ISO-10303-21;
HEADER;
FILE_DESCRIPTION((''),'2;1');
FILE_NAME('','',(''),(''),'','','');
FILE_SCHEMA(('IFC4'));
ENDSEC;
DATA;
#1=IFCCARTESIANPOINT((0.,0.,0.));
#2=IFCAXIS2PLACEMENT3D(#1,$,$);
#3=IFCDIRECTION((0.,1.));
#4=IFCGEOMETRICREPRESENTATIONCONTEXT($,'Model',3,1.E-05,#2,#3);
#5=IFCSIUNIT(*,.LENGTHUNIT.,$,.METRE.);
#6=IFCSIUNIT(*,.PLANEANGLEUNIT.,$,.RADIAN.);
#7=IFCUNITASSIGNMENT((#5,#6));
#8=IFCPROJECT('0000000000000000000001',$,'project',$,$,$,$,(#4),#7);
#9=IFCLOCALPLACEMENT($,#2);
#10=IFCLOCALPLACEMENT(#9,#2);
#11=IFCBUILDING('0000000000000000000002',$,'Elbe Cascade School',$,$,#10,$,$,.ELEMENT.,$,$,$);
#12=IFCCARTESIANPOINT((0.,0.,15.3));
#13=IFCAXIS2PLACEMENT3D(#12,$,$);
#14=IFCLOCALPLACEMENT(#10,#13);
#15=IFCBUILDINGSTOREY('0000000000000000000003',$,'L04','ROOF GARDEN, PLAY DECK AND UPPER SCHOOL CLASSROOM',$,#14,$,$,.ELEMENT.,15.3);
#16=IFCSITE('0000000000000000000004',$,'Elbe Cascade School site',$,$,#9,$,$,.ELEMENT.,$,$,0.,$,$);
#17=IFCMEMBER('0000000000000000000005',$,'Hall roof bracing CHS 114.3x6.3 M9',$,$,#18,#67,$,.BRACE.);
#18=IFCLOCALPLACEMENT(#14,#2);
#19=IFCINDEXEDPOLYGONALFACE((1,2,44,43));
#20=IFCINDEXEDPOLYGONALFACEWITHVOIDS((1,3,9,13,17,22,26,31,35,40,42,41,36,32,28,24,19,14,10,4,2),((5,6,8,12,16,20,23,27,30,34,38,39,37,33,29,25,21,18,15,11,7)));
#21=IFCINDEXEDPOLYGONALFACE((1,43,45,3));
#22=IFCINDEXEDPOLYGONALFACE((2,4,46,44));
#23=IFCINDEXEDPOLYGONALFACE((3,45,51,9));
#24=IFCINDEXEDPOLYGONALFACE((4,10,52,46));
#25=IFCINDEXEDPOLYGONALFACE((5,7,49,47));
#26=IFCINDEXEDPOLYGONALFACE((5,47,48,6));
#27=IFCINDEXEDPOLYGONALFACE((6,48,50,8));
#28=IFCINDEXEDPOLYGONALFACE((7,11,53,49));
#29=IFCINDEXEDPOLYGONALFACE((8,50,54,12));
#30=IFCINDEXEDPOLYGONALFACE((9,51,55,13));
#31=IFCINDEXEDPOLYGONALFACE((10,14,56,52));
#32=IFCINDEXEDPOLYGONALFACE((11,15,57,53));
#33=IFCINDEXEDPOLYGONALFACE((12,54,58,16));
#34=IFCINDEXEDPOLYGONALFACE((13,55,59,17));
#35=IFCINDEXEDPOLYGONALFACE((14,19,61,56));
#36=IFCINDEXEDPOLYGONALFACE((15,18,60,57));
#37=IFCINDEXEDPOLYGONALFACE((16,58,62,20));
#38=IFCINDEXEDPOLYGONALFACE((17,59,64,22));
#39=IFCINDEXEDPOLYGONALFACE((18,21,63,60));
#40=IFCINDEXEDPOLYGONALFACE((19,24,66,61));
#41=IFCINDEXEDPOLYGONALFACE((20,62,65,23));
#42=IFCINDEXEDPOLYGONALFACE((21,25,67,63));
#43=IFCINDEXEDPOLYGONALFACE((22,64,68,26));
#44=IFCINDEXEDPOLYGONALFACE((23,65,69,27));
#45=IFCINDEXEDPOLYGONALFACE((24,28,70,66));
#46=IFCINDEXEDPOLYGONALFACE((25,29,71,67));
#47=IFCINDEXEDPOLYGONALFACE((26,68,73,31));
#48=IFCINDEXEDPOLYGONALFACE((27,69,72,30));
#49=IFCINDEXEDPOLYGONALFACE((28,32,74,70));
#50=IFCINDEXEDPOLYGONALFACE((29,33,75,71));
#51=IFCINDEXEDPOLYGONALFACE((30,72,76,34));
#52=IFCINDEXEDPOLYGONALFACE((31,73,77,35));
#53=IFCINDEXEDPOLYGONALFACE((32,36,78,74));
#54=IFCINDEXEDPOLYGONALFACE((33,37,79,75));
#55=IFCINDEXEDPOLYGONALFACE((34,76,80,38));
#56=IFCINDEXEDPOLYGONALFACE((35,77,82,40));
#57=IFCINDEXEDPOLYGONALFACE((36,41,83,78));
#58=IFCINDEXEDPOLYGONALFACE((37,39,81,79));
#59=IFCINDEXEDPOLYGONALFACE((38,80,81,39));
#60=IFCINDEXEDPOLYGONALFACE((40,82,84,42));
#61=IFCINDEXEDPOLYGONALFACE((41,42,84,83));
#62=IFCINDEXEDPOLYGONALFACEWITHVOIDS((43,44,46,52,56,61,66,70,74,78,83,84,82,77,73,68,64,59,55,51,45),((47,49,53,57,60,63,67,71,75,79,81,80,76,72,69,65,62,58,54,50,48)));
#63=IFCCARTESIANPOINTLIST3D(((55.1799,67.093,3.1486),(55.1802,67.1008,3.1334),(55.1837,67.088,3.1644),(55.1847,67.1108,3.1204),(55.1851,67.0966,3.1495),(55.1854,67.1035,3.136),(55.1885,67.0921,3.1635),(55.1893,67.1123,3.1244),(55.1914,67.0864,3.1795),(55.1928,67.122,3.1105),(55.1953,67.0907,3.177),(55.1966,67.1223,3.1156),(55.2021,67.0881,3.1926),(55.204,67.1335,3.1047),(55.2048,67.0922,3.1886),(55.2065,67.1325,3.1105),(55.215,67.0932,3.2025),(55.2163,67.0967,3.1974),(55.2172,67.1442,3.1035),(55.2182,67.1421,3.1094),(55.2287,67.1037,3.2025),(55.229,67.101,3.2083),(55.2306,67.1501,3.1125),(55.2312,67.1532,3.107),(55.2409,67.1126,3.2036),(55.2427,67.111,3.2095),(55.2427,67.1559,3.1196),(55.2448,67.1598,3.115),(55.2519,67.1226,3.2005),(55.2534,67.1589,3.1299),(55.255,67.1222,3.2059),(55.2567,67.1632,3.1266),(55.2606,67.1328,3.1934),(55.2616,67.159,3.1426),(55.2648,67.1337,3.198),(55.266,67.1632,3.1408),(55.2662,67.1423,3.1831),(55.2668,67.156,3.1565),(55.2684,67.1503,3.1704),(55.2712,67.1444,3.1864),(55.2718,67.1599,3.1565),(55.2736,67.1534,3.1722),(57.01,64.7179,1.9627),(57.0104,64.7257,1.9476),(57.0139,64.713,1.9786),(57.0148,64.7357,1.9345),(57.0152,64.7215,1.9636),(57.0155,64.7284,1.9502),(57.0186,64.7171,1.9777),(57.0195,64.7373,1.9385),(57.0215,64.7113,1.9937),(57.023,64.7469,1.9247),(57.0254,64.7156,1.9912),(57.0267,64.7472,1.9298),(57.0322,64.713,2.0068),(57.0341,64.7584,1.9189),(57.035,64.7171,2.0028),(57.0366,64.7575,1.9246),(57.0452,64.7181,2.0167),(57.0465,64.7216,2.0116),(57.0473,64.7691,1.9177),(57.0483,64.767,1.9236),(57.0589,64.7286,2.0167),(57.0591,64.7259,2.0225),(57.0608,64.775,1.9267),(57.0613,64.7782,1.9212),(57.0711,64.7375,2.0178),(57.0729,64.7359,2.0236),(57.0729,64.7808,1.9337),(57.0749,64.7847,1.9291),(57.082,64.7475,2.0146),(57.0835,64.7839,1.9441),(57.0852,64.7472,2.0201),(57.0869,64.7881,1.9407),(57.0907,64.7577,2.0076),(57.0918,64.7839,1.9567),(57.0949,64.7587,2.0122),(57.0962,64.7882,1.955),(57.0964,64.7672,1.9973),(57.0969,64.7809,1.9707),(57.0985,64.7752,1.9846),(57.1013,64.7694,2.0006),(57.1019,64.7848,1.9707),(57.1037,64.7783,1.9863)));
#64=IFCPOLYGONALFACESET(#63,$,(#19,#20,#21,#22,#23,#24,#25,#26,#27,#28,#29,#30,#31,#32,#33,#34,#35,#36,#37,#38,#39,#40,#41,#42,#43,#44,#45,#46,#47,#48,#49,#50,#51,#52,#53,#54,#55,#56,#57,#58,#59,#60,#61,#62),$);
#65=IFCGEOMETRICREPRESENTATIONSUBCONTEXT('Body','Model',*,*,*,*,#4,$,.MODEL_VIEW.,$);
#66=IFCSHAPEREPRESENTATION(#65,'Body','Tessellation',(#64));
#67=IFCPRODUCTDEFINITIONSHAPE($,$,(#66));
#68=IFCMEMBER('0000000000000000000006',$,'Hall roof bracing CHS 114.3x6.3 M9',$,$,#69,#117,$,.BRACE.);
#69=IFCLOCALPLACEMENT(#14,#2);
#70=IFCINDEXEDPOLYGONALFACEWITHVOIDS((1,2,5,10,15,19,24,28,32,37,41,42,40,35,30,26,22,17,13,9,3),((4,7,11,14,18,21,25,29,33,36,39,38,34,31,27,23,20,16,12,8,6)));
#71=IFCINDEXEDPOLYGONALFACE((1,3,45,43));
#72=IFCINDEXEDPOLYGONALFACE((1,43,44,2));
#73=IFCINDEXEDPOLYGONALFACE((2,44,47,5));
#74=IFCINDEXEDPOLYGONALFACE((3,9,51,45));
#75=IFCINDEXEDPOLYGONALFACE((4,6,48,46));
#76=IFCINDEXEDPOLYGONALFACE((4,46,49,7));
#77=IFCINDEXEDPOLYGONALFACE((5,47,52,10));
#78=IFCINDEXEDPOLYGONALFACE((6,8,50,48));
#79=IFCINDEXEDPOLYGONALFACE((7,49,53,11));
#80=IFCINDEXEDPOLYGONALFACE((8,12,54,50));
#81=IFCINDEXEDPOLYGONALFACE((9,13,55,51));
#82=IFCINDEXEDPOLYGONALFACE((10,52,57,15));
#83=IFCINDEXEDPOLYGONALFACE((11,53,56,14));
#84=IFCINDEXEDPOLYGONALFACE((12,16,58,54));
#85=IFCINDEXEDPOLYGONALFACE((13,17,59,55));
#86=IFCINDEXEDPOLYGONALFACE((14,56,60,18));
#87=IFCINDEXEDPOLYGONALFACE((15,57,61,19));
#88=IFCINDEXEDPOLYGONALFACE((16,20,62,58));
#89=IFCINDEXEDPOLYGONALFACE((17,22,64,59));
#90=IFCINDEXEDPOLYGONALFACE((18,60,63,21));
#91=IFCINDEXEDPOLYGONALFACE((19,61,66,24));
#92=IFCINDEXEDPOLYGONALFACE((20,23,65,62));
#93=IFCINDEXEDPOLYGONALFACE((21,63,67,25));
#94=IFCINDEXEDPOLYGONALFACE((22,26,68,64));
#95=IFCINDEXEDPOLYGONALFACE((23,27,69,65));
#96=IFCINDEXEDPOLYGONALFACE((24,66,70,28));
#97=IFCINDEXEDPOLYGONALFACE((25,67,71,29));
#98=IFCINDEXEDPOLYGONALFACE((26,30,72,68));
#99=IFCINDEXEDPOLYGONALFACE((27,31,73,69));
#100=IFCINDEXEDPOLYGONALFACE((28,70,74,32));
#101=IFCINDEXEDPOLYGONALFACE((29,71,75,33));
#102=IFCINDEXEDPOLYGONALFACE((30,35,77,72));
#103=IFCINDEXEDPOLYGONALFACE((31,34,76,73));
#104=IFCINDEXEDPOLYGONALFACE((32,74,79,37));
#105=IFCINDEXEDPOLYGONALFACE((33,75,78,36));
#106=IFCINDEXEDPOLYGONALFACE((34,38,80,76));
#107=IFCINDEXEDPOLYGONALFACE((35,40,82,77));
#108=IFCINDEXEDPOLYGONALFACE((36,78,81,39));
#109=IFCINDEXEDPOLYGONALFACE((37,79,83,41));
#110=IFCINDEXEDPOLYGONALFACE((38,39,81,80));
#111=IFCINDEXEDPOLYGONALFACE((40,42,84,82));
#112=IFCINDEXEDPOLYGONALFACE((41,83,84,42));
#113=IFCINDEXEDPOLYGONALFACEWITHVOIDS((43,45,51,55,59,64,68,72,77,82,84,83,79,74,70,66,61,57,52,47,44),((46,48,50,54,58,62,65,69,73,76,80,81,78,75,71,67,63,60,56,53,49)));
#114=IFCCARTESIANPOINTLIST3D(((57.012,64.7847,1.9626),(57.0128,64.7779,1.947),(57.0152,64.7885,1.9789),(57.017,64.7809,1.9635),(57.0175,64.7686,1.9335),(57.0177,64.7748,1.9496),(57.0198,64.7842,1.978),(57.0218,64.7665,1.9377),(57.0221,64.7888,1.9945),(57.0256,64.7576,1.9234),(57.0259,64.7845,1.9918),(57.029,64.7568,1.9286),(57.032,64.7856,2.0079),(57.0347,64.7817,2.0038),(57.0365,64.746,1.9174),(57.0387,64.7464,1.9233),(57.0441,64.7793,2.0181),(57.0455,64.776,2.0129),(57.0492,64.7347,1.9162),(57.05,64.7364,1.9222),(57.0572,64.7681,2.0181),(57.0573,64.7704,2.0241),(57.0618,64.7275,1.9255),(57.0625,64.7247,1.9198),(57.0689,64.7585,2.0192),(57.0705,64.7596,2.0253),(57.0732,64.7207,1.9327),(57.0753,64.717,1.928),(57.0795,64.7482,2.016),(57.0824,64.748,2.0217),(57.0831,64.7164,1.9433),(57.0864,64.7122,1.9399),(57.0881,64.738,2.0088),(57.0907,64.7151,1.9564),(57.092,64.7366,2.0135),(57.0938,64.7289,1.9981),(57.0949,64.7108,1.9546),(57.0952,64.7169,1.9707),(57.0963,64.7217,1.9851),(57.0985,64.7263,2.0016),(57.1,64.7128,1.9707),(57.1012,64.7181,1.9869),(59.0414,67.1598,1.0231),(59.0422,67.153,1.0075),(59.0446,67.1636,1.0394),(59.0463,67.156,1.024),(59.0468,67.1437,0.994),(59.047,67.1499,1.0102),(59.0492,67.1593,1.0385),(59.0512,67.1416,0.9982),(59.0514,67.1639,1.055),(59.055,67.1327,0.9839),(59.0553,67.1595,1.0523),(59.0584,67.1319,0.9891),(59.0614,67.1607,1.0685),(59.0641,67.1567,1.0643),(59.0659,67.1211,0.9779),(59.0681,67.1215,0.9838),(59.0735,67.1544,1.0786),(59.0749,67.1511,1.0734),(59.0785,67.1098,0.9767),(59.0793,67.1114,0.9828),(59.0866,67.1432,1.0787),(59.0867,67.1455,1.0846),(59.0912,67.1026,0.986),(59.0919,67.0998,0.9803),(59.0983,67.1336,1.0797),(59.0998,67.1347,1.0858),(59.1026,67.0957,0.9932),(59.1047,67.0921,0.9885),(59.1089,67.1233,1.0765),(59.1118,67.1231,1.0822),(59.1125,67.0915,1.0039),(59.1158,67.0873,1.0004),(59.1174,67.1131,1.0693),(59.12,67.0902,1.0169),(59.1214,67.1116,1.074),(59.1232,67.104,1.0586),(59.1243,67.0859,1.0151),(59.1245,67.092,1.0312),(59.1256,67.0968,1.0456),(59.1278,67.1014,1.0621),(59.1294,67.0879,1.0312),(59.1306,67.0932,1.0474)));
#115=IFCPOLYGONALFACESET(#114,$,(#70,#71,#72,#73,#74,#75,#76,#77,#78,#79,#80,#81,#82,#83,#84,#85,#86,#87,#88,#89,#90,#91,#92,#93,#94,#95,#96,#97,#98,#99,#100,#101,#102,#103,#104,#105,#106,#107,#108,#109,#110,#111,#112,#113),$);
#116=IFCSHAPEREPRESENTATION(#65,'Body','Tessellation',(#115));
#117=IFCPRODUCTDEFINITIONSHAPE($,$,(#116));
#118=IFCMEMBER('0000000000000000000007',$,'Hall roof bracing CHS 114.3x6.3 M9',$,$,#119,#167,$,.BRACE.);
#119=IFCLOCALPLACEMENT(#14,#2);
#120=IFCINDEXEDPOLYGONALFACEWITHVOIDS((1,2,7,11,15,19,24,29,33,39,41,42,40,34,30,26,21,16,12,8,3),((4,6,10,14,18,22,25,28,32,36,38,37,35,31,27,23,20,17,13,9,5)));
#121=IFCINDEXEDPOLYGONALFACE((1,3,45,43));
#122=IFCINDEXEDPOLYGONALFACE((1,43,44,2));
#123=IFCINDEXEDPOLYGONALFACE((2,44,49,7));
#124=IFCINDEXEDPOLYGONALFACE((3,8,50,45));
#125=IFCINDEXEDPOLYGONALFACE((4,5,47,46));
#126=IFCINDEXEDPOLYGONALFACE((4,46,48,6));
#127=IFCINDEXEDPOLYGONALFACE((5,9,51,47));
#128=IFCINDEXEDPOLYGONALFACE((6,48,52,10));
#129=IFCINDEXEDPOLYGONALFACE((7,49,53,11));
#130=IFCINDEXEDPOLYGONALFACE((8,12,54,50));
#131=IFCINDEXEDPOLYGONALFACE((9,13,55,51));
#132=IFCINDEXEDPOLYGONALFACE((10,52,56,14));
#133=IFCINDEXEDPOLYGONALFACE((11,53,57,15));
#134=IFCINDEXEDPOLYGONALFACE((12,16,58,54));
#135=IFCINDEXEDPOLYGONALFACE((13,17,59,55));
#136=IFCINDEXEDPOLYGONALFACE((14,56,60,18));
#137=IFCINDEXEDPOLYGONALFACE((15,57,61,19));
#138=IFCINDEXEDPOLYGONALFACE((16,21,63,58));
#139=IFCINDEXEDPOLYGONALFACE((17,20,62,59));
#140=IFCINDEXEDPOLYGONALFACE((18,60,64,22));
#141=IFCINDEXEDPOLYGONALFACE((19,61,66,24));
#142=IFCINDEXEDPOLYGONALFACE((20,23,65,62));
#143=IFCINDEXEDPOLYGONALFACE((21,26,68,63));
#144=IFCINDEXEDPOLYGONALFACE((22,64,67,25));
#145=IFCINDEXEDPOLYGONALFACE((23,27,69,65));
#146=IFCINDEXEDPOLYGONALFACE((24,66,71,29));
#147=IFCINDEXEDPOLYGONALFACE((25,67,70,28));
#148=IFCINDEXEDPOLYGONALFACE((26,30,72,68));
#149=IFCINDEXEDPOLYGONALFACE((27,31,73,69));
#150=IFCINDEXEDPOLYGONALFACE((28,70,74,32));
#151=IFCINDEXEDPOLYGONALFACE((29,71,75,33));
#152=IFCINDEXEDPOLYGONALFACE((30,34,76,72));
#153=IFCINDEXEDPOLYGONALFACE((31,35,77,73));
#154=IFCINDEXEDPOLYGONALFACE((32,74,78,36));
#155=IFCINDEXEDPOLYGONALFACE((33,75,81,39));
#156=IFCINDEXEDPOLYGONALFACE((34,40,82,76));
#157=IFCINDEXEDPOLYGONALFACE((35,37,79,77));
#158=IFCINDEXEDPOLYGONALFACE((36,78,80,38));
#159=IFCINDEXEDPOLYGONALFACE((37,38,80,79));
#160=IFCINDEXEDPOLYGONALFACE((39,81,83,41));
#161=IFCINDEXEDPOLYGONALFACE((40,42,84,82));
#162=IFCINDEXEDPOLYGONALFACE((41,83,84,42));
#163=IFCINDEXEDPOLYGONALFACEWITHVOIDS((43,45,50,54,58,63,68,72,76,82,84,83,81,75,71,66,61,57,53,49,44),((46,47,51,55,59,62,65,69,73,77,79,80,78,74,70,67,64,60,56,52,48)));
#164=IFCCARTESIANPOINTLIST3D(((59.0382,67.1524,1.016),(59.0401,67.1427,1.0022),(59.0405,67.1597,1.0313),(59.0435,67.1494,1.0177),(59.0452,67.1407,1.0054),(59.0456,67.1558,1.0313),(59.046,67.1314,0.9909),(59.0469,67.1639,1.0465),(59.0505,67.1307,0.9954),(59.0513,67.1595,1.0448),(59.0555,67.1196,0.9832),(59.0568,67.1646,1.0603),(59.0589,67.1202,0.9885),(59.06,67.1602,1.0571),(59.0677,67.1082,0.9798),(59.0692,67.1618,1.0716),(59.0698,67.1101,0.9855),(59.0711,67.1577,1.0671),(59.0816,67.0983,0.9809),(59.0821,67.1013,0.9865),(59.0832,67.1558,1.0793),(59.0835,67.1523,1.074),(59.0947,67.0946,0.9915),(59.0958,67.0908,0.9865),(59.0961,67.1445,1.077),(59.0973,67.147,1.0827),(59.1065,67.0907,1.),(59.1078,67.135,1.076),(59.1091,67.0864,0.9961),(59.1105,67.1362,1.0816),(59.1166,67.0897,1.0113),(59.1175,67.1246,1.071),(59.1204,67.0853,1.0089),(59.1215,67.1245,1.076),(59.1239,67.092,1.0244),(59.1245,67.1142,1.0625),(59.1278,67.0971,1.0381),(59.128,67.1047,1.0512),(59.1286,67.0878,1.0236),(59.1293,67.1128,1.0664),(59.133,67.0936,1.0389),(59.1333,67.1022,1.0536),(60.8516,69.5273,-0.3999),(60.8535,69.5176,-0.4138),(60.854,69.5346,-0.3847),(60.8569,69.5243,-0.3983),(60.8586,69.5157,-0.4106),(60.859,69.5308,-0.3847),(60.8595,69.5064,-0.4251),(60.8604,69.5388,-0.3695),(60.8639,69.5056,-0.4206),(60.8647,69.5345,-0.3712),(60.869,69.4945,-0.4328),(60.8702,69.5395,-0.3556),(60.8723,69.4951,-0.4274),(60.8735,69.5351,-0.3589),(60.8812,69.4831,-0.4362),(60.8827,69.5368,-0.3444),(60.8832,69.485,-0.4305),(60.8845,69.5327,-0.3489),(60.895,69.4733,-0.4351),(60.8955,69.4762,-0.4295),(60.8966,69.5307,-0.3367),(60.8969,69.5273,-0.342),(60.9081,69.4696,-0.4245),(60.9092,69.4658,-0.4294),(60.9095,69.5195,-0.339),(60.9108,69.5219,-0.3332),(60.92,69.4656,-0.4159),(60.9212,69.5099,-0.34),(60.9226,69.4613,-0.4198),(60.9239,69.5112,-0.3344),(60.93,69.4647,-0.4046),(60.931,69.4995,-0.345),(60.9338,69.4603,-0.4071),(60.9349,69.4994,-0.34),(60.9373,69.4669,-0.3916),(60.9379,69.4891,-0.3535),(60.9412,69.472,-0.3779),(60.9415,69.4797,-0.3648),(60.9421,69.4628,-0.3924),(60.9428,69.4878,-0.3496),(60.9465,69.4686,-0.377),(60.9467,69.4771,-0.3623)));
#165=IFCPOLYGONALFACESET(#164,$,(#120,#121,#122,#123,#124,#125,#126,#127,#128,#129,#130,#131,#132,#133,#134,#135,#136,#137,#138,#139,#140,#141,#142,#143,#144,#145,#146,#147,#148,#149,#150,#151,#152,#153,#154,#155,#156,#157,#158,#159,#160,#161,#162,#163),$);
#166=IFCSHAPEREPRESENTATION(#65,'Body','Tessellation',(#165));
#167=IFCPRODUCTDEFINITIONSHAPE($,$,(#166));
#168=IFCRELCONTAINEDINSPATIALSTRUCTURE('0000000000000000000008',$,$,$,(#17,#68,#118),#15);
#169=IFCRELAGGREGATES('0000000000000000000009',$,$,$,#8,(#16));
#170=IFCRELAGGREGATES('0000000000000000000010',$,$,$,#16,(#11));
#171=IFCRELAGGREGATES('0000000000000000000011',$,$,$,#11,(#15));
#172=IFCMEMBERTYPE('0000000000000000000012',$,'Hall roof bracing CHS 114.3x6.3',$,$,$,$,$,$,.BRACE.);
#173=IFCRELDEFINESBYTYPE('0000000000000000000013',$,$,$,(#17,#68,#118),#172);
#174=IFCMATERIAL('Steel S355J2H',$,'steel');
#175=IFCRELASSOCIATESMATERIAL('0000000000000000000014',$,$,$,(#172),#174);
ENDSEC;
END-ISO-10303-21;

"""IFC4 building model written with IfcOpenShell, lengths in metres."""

from ifc_helpers import new_model, si_unit, direction, frame, origin, origin_2d, place, context, subcontext, project, spatial, hollow_circle, extrude, material, material_profile, profile_set, type_object, element, save


model = new_model("IFC4")

# Units and contexts
model_context = context("Model", 3, precision=1e-05, world=origin(), true_north=direction((0.0, 1.0)))
body_context = subcontext(model_context, "Body", "Model", "MODEL_VIEW")
ifc_project = project(units=[si_unit("LENGTHUNIT", "METRE"), si_unit("PLANEANGLEUNIT", "RADIAN")], contexts=[model_context])

# Site, building, storey
site_placement = place(None, origin())
site = spatial("IfcSite", under=ifc_project, at=site_placement, Name="Elbe Cascade School site", CompositionType="ELEMENT", RefElevation=0.0)
building_placement = place(site_placement, origin())
building = spatial("IfcBuilding", under=site, at=building_placement, Name="Elbe Cascade School", CompositionType="ELEMENT")
storey_placement = place(building_placement, frame((0.0, 0.0, 15.3)))
storey = spatial("IfcBuildingStorey", under=building, at=storey_placement, Name="L04", Description="ROOF GARDEN, PLAY DECK AND UPPER SCHOOL CLASSROOM", CompositionType="ELEMENT", Elevation=15.3)

# Members
ifc_material_1 = material(Name="Steel S355J2H", Category="steel")
ifc_material_profile_1 = material_profile(ifc_material_1, hollow_circle(Radius=0.0571, WallThickness=0.0063, at=origin_2d()), Name="CHS 114.3x6.3")
ifc_profile_set_1 = profile_set([ifc_material_profile_1], Name="Steel S355J2H")
member_type_1 = type_object("IfcMemberType", Name="Hall roof bracing CHS 114.3x6.3", PredefinedType="BRACE", material=ifc_profile_set_1)
member_1_placement = place(storey_placement, frame((55.2266, 67.125, 3.1565), z_axis=(0.567595, -0.736601, -0.36777), x_axis=(0.792115, 0.610372, 0.0)))
element("IfcMember", 1, at=member_1_placement, inside=storey, type_object=member_type_1, Name="Hall roof bracing CHS 114.3x6.3 M9", PredefinedType="BRACE", context=body_context, shape_type="SweptSolid", body=[
    extrude(hollow_circle(Radius=0.0571, WallThickness=0.0063, at=origin_2d()), origin(), (0.0, 0.0, 1.0), 3.2244),
])
member_2_placement = place(storey_placement, frame((59.0859, 67.125, 1.0312), z_axis=(-0.622085, -0.72806, 0.287991), x_axis=(0.760271, -0.649606, 0.0)))
element("IfcMember", 2, at=member_2_placement, inside=storey, type_object=member_type_1, Name="Hall roof bracing CHS 114.3x6.3 M9", PredefinedType="BRACE", context=body_context, shape_type="SweptSolid", body=[
    extrude(hollow_circle(Radius=0.0571, WallThickness=0.0063, at=origin_2d()), origin(), (0.0, 0.0, 1.0), 3.2622),
])
member_3_placement = place(storey_placement, frame((59.0859, 67.125, 1.0312), z_axis=(0.548421, 0.718234, -0.428223), x_axis=(-0.794794, 0.60688, 0.0)))
element("IfcMember", 3, at=member_3_placement, inside=storey, type_object=member_type_1, Name="Hall roof bracing CHS 114.3x6.3 M9", PredefinedType="BRACE", context=body_context, shape_type="SweptSolid", body=[
    extrude(hollow_circle(Radius=0.0571, WallThickness=0.0063, at=origin_2d()), origin(), (0.0, 0.0, 1.0), 3.3066),
])

save(model, "model.ifc")
